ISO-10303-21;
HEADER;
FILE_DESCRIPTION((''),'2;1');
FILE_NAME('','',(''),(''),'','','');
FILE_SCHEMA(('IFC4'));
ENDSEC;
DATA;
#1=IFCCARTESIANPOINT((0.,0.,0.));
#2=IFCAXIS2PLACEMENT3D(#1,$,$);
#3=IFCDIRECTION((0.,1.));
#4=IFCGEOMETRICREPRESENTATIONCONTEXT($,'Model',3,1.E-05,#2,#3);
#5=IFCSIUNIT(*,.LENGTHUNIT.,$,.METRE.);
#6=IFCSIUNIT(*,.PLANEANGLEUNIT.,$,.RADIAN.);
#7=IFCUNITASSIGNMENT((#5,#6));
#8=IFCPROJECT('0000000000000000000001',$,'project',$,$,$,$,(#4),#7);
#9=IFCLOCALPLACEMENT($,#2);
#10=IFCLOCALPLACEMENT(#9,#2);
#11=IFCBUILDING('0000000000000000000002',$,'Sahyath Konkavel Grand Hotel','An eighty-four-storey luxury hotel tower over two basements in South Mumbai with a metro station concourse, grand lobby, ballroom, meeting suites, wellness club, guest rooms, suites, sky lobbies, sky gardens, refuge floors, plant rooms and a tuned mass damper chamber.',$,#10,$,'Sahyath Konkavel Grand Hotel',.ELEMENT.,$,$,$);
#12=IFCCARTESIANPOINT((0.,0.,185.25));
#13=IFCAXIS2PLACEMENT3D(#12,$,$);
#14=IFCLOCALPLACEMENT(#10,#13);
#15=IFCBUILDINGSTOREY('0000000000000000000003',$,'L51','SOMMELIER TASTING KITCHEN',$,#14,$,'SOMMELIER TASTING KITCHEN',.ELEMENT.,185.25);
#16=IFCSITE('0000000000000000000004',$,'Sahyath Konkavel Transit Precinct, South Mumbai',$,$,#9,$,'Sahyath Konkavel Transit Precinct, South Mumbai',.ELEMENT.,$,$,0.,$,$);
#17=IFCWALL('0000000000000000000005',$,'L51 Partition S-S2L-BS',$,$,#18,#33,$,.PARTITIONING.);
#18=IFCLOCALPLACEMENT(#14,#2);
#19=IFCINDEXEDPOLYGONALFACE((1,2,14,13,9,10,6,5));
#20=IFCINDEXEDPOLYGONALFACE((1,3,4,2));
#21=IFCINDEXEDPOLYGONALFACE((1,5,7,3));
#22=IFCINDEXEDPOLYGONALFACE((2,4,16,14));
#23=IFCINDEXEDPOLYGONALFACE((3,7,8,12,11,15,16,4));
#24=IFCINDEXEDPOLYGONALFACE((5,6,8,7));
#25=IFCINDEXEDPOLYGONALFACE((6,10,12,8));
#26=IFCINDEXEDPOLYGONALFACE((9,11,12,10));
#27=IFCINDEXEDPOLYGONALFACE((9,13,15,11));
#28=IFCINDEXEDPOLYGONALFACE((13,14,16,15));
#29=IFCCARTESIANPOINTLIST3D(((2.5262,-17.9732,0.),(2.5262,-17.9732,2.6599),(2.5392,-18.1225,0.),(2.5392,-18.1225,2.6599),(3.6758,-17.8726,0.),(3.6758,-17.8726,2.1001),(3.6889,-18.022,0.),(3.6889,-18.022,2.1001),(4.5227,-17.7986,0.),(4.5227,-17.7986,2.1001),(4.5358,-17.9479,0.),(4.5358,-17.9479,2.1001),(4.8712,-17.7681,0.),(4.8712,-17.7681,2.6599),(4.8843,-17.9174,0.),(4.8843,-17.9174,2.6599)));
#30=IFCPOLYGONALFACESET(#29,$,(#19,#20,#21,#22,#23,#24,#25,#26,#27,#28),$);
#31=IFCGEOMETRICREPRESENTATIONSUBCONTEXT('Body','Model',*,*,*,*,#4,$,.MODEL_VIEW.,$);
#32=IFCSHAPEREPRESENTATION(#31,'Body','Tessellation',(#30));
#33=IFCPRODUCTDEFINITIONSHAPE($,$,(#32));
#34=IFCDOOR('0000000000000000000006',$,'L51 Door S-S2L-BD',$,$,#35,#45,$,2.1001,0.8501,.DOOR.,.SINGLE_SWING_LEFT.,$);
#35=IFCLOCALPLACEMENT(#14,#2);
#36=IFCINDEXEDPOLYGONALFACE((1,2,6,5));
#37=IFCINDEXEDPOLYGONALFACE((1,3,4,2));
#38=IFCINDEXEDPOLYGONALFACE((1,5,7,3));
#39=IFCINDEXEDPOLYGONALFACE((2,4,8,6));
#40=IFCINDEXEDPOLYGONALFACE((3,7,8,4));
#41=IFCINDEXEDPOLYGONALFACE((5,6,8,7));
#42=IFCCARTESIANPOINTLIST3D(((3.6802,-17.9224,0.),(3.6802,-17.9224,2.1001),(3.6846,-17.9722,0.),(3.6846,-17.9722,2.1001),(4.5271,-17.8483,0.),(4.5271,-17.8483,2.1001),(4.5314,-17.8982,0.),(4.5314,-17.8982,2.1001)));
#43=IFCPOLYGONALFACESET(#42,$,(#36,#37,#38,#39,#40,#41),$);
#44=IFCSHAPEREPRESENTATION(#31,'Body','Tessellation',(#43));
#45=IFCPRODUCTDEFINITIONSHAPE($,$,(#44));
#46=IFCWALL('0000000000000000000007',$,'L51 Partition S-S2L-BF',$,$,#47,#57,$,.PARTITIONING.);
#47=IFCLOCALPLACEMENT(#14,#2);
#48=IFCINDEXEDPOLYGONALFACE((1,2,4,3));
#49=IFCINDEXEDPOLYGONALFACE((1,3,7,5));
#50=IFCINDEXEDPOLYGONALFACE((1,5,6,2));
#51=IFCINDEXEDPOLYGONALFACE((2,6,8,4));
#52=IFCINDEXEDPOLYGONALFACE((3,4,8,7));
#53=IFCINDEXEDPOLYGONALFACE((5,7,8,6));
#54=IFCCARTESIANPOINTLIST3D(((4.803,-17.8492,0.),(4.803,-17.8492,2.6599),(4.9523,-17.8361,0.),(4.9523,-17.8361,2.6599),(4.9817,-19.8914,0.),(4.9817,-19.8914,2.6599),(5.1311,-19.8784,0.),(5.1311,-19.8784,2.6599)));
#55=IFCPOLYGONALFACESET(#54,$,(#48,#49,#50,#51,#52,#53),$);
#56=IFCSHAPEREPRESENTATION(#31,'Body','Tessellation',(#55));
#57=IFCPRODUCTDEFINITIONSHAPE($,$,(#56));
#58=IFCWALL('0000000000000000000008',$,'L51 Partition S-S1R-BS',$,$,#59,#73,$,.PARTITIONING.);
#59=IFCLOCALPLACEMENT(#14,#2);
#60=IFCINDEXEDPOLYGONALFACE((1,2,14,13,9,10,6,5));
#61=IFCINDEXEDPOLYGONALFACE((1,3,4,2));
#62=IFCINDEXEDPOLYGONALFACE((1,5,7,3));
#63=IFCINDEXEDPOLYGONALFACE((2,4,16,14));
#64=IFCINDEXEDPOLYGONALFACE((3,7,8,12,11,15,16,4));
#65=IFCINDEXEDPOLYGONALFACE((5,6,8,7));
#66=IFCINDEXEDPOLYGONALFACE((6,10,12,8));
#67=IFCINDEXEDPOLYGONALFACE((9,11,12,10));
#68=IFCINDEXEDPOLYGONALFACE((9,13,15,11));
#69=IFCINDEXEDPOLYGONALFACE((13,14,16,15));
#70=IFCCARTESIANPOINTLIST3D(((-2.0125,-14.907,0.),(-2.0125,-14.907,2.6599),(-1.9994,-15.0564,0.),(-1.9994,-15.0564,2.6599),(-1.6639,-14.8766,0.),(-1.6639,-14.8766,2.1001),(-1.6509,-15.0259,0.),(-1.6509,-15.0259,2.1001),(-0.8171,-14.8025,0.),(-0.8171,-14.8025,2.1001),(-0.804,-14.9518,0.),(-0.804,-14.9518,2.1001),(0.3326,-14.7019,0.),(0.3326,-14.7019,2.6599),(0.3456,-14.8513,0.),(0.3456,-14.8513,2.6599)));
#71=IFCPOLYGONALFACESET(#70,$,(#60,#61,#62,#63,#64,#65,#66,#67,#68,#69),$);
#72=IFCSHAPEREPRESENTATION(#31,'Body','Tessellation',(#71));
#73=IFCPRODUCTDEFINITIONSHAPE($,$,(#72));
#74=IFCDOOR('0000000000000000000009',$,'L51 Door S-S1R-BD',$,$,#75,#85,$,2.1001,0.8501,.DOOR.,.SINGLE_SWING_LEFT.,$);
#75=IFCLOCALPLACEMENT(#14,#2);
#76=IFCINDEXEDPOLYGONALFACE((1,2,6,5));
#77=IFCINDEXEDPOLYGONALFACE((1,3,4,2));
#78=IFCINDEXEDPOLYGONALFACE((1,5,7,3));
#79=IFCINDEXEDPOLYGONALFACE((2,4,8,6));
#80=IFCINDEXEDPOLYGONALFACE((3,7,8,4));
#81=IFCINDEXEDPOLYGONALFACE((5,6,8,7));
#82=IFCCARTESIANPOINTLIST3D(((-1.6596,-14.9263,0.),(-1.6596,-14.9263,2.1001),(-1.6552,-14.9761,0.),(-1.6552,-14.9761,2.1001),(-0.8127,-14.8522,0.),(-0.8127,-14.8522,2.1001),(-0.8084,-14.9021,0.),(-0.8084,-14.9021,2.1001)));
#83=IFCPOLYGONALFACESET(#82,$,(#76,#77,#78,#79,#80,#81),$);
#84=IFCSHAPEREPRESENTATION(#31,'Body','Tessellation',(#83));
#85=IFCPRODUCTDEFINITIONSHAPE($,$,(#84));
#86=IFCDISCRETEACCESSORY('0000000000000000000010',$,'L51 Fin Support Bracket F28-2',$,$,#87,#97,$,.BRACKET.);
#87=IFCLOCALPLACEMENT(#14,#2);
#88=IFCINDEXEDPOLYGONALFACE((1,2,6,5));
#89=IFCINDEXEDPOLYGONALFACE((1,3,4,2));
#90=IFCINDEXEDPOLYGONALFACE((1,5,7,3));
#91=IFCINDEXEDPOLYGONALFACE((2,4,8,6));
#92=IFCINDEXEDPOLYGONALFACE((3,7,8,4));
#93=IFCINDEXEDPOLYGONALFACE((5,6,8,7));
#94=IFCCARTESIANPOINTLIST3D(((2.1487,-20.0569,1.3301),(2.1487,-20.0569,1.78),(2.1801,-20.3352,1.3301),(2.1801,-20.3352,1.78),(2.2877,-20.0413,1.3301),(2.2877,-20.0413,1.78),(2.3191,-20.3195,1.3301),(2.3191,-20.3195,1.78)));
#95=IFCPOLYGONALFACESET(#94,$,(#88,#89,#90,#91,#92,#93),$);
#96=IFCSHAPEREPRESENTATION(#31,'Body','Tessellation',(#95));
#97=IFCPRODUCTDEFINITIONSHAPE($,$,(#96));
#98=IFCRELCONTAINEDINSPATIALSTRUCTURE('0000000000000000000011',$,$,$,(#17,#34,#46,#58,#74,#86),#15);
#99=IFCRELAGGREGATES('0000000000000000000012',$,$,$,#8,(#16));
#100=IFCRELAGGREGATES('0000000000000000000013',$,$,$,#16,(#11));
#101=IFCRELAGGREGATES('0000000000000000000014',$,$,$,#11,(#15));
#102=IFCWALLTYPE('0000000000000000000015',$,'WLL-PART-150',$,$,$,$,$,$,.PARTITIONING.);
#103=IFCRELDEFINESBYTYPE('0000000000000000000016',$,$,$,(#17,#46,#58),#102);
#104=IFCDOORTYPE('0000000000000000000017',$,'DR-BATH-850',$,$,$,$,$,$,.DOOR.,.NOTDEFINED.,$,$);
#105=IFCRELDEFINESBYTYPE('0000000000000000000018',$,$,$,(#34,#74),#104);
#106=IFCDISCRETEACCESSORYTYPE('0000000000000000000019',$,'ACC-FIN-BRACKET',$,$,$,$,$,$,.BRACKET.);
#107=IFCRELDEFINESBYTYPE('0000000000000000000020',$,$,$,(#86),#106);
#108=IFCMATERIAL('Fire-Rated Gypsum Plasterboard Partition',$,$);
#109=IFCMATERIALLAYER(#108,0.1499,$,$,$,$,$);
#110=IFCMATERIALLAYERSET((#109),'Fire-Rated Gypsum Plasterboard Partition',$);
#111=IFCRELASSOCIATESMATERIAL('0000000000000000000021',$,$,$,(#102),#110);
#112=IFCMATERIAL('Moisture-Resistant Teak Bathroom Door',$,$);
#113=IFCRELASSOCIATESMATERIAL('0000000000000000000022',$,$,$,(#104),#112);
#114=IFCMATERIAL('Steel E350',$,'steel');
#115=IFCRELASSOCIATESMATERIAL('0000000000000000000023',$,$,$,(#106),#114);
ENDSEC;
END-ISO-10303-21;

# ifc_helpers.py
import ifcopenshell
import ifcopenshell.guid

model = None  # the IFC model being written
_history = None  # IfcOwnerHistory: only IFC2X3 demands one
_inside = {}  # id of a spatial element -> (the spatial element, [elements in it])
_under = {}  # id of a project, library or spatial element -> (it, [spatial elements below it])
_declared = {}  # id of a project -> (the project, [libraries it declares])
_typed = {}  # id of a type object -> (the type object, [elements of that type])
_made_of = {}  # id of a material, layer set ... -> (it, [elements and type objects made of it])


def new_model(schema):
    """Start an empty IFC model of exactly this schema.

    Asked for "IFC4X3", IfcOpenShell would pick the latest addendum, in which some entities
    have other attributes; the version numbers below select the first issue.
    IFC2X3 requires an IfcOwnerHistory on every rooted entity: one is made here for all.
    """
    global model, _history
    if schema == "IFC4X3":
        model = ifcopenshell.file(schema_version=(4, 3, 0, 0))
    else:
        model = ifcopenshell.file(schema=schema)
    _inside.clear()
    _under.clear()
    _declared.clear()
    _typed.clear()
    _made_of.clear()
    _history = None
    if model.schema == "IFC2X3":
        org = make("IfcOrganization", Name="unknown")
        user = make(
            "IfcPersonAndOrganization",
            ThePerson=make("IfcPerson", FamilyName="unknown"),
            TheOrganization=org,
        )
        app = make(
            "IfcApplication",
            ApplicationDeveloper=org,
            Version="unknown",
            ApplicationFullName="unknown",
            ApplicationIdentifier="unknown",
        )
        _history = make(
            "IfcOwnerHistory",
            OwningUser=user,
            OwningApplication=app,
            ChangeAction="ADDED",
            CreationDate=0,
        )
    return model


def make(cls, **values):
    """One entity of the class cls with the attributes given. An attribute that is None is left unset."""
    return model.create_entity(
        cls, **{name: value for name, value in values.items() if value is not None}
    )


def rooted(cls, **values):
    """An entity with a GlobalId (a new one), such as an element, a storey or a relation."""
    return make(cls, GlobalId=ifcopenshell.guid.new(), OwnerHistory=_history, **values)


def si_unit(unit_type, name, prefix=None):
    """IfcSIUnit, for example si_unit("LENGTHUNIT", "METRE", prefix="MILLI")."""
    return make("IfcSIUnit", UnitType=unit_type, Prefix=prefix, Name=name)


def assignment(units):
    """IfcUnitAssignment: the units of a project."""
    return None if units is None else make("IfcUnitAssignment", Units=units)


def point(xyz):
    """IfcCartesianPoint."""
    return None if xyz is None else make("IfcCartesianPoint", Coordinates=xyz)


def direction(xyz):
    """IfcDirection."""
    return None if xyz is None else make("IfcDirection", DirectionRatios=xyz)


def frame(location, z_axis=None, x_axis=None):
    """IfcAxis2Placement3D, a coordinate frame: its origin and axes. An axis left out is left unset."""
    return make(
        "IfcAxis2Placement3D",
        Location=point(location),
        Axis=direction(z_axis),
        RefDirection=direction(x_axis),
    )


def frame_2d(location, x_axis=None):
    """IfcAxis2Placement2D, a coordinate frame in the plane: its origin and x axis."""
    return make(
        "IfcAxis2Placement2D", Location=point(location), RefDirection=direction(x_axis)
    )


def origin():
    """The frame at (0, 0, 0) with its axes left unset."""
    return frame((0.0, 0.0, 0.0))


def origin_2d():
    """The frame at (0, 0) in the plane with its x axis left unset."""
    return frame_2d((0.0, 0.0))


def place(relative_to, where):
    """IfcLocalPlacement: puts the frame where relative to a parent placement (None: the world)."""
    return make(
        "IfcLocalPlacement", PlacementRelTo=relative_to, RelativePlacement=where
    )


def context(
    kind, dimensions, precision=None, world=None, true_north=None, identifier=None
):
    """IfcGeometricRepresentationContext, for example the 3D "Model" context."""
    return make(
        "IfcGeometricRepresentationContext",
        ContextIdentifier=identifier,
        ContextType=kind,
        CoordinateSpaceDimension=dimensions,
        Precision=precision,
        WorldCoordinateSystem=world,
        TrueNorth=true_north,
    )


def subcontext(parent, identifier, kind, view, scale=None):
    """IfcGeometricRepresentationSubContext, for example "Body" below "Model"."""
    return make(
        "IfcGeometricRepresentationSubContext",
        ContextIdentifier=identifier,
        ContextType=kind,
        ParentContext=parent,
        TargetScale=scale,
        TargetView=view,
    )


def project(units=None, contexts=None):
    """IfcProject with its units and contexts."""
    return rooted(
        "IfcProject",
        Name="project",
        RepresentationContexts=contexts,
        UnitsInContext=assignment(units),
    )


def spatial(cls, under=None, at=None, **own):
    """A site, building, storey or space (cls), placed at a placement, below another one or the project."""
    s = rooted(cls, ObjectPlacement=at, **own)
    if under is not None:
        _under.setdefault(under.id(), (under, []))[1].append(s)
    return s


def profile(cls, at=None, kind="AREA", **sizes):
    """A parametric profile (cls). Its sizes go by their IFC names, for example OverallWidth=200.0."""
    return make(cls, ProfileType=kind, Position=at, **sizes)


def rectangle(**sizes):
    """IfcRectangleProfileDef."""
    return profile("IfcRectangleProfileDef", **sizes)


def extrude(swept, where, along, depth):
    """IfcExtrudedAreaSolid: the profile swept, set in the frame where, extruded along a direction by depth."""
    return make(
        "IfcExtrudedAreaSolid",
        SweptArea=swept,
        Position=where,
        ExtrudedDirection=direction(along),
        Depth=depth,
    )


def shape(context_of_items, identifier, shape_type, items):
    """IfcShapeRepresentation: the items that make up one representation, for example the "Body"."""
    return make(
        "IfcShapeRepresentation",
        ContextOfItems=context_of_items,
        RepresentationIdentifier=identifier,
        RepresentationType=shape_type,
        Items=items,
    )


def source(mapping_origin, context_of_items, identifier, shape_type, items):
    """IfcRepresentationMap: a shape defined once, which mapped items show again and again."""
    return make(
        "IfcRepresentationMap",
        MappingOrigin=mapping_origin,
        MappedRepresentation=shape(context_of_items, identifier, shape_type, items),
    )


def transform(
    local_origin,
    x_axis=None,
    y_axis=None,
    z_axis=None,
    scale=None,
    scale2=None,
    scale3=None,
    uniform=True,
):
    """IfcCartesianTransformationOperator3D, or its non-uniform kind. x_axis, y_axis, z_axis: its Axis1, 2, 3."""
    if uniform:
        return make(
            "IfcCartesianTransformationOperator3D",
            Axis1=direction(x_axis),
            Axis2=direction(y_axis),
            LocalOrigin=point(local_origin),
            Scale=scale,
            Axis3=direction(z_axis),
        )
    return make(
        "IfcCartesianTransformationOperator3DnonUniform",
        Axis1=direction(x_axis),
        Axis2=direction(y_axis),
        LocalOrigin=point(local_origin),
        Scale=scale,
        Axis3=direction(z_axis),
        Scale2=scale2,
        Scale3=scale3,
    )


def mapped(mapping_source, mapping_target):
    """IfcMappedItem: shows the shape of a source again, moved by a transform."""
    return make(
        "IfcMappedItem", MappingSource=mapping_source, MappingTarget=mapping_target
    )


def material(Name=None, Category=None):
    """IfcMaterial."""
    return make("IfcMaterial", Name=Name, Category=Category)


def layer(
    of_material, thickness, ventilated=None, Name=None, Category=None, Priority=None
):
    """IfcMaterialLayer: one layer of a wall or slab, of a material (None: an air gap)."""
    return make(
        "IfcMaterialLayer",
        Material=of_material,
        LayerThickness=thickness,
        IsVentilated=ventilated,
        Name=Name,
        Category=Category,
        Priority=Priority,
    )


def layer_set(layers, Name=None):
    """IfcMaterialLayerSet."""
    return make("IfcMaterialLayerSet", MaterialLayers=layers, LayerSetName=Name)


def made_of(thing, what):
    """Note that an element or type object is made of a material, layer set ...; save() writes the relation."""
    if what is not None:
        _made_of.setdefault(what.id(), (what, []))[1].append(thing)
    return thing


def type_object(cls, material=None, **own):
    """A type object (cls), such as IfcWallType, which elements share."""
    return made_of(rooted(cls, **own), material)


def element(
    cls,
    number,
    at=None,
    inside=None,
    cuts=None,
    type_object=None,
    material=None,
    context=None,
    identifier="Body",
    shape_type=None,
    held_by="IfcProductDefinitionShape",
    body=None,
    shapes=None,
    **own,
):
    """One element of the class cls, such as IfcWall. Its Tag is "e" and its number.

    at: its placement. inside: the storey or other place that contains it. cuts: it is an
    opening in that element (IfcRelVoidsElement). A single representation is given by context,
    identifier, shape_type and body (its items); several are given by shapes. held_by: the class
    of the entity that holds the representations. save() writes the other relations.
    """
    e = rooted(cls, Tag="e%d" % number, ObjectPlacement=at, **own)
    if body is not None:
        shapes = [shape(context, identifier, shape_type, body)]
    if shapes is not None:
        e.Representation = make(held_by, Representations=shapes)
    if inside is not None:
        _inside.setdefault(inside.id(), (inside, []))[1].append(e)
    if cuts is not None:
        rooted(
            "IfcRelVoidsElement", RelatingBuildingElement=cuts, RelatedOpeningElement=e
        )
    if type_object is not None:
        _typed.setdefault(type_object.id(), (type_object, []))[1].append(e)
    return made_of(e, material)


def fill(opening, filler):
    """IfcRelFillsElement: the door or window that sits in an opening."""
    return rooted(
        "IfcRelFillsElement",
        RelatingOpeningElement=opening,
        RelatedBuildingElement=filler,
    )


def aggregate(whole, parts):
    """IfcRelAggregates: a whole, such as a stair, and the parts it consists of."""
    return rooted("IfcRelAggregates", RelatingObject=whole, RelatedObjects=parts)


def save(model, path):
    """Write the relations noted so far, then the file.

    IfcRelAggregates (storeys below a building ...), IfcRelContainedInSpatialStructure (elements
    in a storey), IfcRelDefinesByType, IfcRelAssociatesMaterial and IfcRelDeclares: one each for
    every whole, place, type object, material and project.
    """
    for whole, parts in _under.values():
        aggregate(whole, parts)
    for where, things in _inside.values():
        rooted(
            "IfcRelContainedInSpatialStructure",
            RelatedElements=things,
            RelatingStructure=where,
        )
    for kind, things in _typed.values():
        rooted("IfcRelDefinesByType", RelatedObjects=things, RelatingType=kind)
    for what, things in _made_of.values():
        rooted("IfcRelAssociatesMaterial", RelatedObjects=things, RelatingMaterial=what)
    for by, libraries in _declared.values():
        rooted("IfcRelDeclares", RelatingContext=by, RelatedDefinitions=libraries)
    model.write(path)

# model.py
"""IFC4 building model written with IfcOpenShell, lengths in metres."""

from ifc_helpers import new_model, si_unit, direction, frame, frame_2d, origin, origin_2d, place, context, subcontext, project, spatial, rectangle, extrude, source, transform, mapped, material, layer, layer_set, type_object, element, fill, save


model = new_model("IFC4")

# Units and contexts
model_context = context("Model", 3, precision=1e-05, world=origin(), true_north=direction((0.0, 1.0)))
body_context = subcontext(model_context, "Body", "Model", "MODEL_VIEW")
ifc_project = project(units=[si_unit("LENGTHUNIT", "METRE"), si_unit("PLANEANGLEUNIT", "RADIAN")], contexts=[model_context])

# Site, building, storey
site_placement = place(None, origin())
site = spatial("IfcSite", under=ifc_project, at=site_placement, Name="Sahyath Konkavel Transit Precinct, South Mumbai", LongName="Sahyath Konkavel Transit Precinct, South Mumbai", CompositionType="ELEMENT", RefElevation=0.0)
building_placement = place(site_placement, origin())
building = spatial("IfcBuilding", under=site, at=building_placement, Name="Sahyath Konkavel Grand Hotel", Description="An eighty-four-storey luxury hotel tower over two basements in South Mumbai with a metro station concourse, grand lobby, ballroom, meeting suites, wellness club, guest rooms, suites, sky lobbies, sky gardens, refuge floors, plant rooms and a tuned mass damper chamber.", LongName="Sahyath Konkavel Grand Hotel", CompositionType="ELEMENT")
storey_placement = place(building_placement, frame((0.0, 0.0, 185.25)))
storey = spatial("IfcBuildingStorey", under=building, at=storey_placement, Name="L51", Description="SOMMELIER TASTING KITCHEN", LongName="SOMMELIER TASTING KITCHEN", CompositionType="ELEMENT", Elevation=185.25)

# Shared definitions
ifc_material_1 = material(Name="Steel E350", Category="steel")

# Shared definitions
ifc_material_2 = material(Name="Fire-Rated Gypsum Plasterboard Partition")
ifc_layer_1 = layer(ifc_material_2, 0.1499)
ifc_layer_set_1 = layer_set([ifc_layer_1], Name="Fire-Rated Gypsum Plasterboard Partition")
wall_type_1 = type_object("IfcWallType", Name="WLL-PART-150", PredefinedType="PARTITIONING", material=ifc_layer_set_1)
shared_shape_1 = source(origin(), body_context, "Body", "SweptSolid", [
    extrude(rectangle(XDim=0.8501, YDim=0.05, at=origin_2d()), origin(), (0.0, 0.0, 1.0), 2.1001),
])

# Wall, opening, door
wall_1_placement = place(storey_placement, frame((2.5327, -18.0479, 0.0), z_axis=(0.0, 0.0, 1.0), x_axis=(0.996198, 0.087122, 0.0)))
wall_1 = element("IfcWall", 1, at=wall_1_placement, inside=storey, type_object=wall_type_1, Name="L51 Partition S-S2L-BS", PredefinedType="PARTITIONING", context=body_context, shape_type="SweptSolid", body=[
    extrude(rectangle(XDim=2.354, YDim=0.1499, at=frame_2d((1.177, 0.0))), origin(), (0.0, 0.0, 1.0), 2.6599),
])
opening_1_placement = place(wall_1_placement, frame((1.1541, 0.0, 0.0)))
opening_1 = element("IfcOpeningElement", 2, at=opening_1_placement, cuts=wall_1, PredefinedType="OPENING", context=body_context, shape_type="SweptSolid", body=[
    extrude(rectangle(XDim=0.8501, YDim=2.1001, at=frame_2d((0.425, 1.05))), frame((0.0, 0.085, 0.0), z_axis=(0.0, -1.0, 0.0), x_axis=(1.0, 0.0, 0.0)), (0.0, 0.0, 1.0), 0.1699),
])
ifc_material_3 = material(Name="Moisture-Resistant Teak Bathroom Door")
door_type_1 = type_object("IfcDoorType", Name="DR-BATH-850", OperationType="NOTDEFINED", PredefinedType="DOOR", material=ifc_material_3)
door_1_placement = place(opening_1_placement, frame((0.425, 0.0, 0.0)))
door_1 = element("IfcDoor", 3, at=door_1_placement, inside=storey, type_object=door_type_1, Name="L51 Door S-S2L-BD", OperationType="SINGLE_SWING_LEFT", OverallHeight=2.1001, OverallWidth=0.8501, PredefinedType="DOOR", context=body_context, shape_type="MappedRepresentation", body=[
    mapped(shared_shape_1, transform((0.0, 0.0, 0.0), scale=1.0)),
])
fill(opening_1, door_1)

# Wall
wall_2_placement = place(storey_placement, frame((4.8777, -17.8428, 0.0), z_axis=(0.0, 0.0, 1.0), x_axis=(0.087174, -0.996193, 0.0)))
element("IfcWall", 4, at=wall_2_placement, inside=storey, type_object=wall_type_1, Name="L51 Partition S-S2L-BF", PredefinedType="PARTITIONING", context=body_context, shape_type="SweptSolid", body=[
    extrude(rectangle(XDim=2.05, YDim=0.1499, at=frame_2d((1.0249, 0.0))), origin(), (0.0, 0.0, 1.0), 2.6599),
])

# Wall, opening, door
wall_3_placement = place(storey_placement, frame((0.3391, -14.7766, 0.0), z_axis=(0.0, 0.0, 1.0), x_axis=(-0.996198, -0.087122, 0.0)))
wall_3 = element("IfcWall", 5, at=wall_3_placement, inside=storey, type_object=wall_type_1, Name="L51 Partition S-S1R-BS", PredefinedType="PARTITIONING", context=body_context, shape_type="SweptSolid", body=[
    extrude(rectangle(XDim=2.354, YDim=0.1499, at=frame_2d((1.177, 0.0))), origin(), (0.0, 0.0, 1.0), 2.6599),
])
opening_2_placement = place(wall_3_placement, frame((1.1541, 0.0, 0.0)))
opening_2 = element("IfcOpeningElement", 6, at=opening_2_placement, cuts=wall_3, PredefinedType="OPENING", context=body_context, shape_type="SweptSolid", body=[
    extrude(rectangle(XDim=0.8501, YDim=2.1001, at=frame_2d((0.425, 1.05))), frame((0.0, 0.085, 0.0), z_axis=(0.0, -1.0, 0.0), x_axis=(1.0, 0.0, 0.0)), (0.0, 0.0, 1.0), 0.1699),
])
door_2_placement = place(opening_2_placement, frame((0.425, 0.0, 0.0)))
door_2 = element("IfcDoor", 7, at=door_2_placement, inside=storey, type_object=door_type_1, Name="L51 Door S-S1R-BD", OperationType="SINGLE_SWING_LEFT", OverallHeight=2.1001, OverallWidth=0.8501, PredefinedType="DOOR", context=body_context, shape_type="MappedRepresentation", body=[
    mapped(shared_shape_1, transform((0.0, 0.0, 0.0), scale=1.0)),
])
fill(opening_2, door_2)

# Discrete accessory
discrete_accessory_type = type_object("IfcDiscreteAccessoryType", Name="ACC-FIN-BRACKET", PredefinedType="BRACKET", material=ifc_material_1)
shared_shape_2 = source(origin(), body_context, "Body", "SweptSolid", [
    extrude(rectangle(XDim=0.28, YDim=0.1399, at=origin_2d()), origin(), (0.0, 0.0, 1.0), 0.45),
])
discrete_accessory_placement = place(storey_placement, frame((2.2339, -20.1882, 1.3301), z_axis=(0.0, 0.0, 1.0), x_axis=(0.112007, -0.993707, 0.0)))
element("IfcDiscreteAccessory", 8, at=discrete_accessory_placement, inside=storey, type_object=discrete_accessory_type, Name="L51 Fin Support Bracket F28-2", PredefinedType="BRACKET", context=body_context, shape_type="MappedRepresentation", body=[
    mapped(shared_shape_2, transform((0.0, 0.0, 0.0), scale=1.0)),
])

save(model, "model.ifc")
